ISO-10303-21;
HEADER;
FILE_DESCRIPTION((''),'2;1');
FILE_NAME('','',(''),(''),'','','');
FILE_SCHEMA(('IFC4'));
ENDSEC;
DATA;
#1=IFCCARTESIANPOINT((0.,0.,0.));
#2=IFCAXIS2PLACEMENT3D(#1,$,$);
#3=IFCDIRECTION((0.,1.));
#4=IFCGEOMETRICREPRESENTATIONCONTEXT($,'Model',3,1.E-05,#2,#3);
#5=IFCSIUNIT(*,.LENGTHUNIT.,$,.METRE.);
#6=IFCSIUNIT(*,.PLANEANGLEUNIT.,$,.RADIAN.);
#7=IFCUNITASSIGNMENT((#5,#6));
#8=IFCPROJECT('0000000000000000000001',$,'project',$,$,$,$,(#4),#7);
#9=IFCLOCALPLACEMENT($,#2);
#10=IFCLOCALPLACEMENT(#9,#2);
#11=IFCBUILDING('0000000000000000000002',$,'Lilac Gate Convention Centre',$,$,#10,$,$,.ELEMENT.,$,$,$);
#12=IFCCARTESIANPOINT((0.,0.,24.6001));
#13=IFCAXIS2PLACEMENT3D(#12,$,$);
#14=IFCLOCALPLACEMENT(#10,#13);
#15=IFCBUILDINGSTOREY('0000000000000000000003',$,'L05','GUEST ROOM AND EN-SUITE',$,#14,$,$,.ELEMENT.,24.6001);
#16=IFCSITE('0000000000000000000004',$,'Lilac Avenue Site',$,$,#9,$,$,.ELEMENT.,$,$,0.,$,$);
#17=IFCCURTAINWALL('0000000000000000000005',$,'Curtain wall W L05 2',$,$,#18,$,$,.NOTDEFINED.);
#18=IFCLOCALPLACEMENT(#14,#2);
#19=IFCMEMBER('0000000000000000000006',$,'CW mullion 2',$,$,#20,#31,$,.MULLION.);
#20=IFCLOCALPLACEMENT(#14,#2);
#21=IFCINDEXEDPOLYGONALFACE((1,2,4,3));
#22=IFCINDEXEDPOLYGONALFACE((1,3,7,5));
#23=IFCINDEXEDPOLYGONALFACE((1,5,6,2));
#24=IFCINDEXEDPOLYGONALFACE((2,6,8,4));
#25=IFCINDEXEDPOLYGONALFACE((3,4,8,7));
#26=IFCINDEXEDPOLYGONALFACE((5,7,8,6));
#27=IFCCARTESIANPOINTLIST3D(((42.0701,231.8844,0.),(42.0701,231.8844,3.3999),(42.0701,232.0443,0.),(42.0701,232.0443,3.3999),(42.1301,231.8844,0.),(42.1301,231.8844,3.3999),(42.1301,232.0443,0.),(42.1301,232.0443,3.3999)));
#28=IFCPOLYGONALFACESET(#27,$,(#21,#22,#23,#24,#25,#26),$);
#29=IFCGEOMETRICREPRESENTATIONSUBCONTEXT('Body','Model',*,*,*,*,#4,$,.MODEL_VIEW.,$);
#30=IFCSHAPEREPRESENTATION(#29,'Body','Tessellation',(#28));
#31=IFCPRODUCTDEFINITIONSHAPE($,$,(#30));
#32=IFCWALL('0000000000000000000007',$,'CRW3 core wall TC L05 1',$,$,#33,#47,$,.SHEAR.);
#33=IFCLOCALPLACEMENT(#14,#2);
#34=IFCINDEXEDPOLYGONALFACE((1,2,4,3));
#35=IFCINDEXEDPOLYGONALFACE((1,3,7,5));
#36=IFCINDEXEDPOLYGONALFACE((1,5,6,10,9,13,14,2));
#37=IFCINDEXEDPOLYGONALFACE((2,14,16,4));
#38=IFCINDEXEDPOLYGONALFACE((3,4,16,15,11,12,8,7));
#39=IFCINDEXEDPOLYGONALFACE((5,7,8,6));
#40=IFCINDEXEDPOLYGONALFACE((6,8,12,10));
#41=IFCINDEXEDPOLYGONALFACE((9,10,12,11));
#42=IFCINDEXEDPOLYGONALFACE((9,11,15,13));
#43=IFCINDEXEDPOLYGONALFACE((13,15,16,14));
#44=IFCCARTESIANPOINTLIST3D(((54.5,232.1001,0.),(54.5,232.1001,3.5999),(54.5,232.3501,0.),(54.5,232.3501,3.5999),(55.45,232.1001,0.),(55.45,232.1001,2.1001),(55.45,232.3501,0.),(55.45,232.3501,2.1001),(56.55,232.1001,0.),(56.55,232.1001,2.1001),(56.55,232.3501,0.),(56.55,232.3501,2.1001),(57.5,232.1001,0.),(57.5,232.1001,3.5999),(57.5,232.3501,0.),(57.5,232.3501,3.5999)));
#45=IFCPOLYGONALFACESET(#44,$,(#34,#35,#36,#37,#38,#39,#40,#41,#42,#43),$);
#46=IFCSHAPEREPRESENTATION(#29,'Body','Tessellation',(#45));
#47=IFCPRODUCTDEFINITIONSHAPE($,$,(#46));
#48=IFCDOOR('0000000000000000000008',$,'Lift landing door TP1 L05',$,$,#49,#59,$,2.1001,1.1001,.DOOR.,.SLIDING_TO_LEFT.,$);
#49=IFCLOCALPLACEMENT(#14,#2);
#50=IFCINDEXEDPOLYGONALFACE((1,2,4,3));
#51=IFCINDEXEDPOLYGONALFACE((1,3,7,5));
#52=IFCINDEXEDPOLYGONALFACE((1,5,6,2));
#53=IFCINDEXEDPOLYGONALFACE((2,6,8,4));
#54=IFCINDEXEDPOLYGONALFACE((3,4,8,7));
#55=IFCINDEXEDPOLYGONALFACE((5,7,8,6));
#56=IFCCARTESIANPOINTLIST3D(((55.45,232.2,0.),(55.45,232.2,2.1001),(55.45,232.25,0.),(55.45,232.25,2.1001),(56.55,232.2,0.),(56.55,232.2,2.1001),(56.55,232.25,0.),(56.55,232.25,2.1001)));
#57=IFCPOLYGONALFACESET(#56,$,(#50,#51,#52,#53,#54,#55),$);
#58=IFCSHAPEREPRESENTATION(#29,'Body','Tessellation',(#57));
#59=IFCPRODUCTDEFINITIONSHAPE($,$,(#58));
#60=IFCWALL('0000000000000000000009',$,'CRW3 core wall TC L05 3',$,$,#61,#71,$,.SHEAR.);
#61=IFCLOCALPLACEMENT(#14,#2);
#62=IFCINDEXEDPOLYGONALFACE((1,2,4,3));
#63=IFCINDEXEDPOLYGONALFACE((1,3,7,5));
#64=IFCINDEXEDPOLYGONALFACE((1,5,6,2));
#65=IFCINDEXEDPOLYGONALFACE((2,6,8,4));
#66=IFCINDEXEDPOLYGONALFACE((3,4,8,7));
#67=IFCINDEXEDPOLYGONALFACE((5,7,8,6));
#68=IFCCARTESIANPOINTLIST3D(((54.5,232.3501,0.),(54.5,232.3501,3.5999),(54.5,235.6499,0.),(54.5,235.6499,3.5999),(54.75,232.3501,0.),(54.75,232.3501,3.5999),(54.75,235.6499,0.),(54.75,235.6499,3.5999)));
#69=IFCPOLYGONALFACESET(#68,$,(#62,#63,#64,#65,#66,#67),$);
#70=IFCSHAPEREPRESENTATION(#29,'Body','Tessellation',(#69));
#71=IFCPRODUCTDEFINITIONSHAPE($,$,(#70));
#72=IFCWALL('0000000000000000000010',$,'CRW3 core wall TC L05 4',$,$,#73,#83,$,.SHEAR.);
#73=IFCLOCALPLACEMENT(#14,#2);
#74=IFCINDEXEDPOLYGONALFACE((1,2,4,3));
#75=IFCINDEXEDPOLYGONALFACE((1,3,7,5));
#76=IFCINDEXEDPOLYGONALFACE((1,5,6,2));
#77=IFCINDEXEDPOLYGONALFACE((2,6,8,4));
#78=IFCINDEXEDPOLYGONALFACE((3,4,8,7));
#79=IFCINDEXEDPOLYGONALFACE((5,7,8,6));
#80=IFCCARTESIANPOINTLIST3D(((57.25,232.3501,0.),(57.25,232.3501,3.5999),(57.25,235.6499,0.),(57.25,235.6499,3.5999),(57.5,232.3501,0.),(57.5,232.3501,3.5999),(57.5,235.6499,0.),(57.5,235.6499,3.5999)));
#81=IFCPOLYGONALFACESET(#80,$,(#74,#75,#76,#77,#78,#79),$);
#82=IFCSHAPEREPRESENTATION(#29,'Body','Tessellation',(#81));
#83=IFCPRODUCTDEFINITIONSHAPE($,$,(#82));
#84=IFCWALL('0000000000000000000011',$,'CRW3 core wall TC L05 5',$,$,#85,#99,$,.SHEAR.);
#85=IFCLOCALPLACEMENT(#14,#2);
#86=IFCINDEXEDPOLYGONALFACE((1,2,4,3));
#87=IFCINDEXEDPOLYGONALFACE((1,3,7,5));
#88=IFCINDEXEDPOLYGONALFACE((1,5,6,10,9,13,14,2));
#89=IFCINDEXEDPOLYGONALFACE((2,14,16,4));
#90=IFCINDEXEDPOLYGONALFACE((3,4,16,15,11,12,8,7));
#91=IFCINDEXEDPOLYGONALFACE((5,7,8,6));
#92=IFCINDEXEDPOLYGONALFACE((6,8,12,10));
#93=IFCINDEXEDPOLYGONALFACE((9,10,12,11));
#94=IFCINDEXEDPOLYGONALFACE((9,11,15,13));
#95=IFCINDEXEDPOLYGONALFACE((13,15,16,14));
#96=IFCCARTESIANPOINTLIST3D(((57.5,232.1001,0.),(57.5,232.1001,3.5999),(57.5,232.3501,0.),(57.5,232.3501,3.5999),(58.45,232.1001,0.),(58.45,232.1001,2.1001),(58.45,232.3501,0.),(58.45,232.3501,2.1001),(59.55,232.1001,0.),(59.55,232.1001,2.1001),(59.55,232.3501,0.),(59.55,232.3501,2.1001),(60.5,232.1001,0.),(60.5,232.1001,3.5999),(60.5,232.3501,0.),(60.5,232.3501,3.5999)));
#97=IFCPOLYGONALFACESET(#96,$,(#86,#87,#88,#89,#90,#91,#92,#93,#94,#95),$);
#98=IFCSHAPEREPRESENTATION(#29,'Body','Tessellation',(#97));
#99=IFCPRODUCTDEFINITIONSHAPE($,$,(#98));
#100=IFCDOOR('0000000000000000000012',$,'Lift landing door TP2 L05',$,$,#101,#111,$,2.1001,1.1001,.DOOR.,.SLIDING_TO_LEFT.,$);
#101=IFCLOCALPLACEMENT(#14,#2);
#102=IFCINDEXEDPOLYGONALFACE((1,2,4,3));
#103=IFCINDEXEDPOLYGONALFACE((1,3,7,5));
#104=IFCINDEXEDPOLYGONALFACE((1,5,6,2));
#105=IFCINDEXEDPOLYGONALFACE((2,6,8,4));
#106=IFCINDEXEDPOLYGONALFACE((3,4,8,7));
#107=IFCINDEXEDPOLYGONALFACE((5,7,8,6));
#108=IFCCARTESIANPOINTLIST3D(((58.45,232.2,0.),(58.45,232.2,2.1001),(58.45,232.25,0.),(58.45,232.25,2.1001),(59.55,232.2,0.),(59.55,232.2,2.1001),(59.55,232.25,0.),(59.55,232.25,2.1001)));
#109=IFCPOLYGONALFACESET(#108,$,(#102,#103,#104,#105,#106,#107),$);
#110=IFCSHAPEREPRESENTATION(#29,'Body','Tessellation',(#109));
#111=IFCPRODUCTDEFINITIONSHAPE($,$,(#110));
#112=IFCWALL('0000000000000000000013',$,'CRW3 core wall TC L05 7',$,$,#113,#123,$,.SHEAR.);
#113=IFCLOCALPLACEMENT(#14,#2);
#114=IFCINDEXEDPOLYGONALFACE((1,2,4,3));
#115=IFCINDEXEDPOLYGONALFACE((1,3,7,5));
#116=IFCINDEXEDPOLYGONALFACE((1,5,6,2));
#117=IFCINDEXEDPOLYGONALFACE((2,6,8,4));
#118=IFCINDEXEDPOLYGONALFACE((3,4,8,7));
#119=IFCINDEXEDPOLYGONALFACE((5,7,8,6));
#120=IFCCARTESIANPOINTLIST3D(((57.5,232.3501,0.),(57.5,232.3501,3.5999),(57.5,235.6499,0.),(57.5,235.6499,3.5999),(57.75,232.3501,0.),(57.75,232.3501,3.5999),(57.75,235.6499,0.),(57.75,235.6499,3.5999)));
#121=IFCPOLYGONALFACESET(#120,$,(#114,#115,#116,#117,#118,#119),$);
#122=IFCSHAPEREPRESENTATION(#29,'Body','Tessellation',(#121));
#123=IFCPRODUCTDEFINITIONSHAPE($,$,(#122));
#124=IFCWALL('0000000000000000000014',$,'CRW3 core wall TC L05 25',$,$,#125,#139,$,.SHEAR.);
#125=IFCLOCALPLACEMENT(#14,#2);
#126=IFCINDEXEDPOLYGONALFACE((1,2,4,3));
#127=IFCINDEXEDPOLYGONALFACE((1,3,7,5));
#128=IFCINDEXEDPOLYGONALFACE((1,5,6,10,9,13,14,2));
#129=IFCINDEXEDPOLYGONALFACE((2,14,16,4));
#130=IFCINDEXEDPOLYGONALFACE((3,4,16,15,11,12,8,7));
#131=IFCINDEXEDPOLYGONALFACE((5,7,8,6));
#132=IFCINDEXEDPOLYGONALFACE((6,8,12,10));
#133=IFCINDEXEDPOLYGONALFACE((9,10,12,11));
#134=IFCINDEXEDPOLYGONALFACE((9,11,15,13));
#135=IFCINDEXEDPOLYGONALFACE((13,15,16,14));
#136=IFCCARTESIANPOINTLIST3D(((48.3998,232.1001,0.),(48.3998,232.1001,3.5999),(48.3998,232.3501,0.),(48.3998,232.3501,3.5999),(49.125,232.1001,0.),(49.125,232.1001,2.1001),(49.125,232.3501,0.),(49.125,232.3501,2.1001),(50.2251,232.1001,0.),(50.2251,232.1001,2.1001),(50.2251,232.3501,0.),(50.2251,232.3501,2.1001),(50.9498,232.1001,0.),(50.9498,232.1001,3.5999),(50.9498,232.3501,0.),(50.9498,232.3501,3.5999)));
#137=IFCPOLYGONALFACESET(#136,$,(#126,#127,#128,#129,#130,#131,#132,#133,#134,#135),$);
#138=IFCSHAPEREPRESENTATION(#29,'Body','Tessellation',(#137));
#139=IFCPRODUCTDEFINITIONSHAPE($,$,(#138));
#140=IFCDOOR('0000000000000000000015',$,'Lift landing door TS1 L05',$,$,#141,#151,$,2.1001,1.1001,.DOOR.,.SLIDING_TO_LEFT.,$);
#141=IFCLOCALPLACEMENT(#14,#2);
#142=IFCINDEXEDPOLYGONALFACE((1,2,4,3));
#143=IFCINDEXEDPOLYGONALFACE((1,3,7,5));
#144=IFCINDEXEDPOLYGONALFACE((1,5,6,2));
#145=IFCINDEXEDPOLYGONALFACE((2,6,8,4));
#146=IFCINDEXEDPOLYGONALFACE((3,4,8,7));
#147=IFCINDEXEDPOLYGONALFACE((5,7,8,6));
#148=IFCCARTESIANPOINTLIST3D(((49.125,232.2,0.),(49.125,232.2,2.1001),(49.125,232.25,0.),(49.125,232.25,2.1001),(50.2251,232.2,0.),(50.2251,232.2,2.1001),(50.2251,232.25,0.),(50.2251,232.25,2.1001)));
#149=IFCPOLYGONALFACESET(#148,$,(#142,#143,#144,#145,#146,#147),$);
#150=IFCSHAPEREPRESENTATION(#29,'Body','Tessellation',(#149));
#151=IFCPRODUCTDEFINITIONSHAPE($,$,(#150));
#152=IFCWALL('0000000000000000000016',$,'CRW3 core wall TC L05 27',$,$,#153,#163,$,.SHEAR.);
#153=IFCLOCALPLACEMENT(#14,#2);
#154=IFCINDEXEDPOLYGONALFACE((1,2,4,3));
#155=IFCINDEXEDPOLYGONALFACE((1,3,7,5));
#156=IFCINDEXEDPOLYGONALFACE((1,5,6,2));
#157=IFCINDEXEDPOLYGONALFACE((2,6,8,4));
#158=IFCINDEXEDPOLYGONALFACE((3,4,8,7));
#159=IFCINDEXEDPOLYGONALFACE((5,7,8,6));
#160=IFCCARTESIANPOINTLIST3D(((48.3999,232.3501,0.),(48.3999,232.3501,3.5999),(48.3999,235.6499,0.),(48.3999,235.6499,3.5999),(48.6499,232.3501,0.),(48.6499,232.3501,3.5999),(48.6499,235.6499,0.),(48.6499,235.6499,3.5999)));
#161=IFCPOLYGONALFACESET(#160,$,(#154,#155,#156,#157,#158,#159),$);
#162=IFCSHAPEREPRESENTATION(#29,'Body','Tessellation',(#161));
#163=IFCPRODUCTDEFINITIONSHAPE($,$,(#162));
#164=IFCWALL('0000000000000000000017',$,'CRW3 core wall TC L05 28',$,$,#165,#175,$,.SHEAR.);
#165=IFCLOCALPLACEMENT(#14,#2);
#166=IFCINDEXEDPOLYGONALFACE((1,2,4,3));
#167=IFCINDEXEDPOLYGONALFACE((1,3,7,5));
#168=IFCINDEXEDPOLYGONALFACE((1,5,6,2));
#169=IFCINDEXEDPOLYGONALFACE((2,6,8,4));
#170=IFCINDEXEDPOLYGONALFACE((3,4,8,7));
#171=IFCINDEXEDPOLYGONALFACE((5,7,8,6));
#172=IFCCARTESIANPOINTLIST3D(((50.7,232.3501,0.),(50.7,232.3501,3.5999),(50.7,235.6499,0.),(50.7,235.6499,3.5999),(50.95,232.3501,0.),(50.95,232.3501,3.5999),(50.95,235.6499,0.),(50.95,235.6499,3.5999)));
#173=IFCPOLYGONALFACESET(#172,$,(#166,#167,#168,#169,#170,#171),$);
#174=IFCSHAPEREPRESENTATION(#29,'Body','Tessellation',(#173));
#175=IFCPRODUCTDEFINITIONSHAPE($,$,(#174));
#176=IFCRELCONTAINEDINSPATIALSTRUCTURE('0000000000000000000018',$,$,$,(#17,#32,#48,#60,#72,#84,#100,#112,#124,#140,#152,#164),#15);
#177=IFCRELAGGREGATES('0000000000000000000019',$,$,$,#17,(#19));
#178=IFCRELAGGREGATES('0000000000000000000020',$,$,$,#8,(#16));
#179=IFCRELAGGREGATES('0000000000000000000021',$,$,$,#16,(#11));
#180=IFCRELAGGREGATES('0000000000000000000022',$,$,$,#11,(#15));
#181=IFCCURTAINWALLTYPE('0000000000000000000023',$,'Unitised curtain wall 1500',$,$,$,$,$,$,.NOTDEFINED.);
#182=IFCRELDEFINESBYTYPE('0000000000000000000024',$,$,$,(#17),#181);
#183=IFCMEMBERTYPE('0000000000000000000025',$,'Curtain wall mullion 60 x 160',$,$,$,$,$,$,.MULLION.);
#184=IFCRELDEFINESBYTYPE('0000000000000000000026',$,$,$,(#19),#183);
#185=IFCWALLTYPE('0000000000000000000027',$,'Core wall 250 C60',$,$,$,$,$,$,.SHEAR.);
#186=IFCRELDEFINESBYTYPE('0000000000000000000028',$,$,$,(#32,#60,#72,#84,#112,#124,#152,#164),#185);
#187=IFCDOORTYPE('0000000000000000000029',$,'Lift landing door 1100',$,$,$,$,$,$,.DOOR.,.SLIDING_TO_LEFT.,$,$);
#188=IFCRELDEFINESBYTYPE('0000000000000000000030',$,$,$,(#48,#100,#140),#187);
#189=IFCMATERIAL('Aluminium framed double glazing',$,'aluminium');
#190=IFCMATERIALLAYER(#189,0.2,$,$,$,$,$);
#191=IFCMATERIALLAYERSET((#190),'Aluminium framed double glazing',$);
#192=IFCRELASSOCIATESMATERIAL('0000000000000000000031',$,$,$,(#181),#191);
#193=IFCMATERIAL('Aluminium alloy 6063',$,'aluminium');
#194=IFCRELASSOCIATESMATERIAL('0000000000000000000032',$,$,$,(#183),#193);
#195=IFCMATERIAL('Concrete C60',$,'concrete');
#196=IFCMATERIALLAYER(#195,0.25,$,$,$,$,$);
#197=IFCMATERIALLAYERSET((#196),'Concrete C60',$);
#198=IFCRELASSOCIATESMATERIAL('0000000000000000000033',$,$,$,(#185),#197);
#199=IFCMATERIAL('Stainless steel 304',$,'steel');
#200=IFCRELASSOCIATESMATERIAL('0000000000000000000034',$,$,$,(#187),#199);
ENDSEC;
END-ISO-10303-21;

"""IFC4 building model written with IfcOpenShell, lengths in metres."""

from ifc_helpers import new_model, si_unit, direction, frame, frame_2d, origin, origin_2d, place, context, subcontext, project, spatial, rectangle, extrude, material, layer, layer_set, material_profile, profile_set, type_object, element, fill, aggregate, save


model = new_model("IFC4")

# Units and contexts
model_context = context("Model", 3, precision=1e-05, world=origin(), true_north=direction((0.0, 1.0)))
body_context = subcontext(model_context, "Body", "Model", "MODEL_VIEW")
ifc_project = project(units=[si_unit("LENGTHUNIT", "METRE"), si_unit("PLANEANGLEUNIT", "RADIAN")], contexts=[model_context])

# Site, building, storey
site_placement = place(None, origin())
site = spatial("IfcSite", under=ifc_project, at=site_placement, Name="Lilac Avenue Site", CompositionType="ELEMENT", RefElevation=0.0)
building_placement = place(site_placement, origin())
building = spatial("IfcBuilding", under=site, at=building_placement, Name="Lilac Gate Convention Centre", CompositionType="ELEMENT")
storey_placement = place(building_placement, frame((0.0, 0.0, 24.6001)))
storey = spatial("IfcBuildingStorey", under=building, at=storey_placement, Name="L05", Description="GUEST ROOM AND EN-SUITE", CompositionType="ELEMENT", Elevation=24.6001)

# Curtain wall, member
ifc_material_1 = material(Name="Aluminium framed double glazing", Category="aluminium")
ifc_layer_1 = layer(ifc_material_1, 0.2)
ifc_layer_set_1 = layer_set([ifc_layer_1], Name="Aluminium framed double glazing")
curtain_wall_type = type_object("IfcCurtainWallType", Name="Unitised curtain wall 1500", PredefinedType="NOTDEFINED", material=ifc_layer_set_1)
curtain_wall_placement = place(storey_placement, origin())
curtain_wall = element("IfcCurtainWall", 1, at=curtain_wall_placement, inside=storey, type_object=curtain_wall_type, Name="Curtain wall W L05 2", PredefinedType="NOTDEFINED")
ifc_material_2 = material(Name="Aluminium alloy 6063", Category="aluminium")
ifc_material_profile = material_profile(ifc_material_2, rectangle(XDim=0.0601, YDim=0.1599, at=origin_2d()), Name="Curtain wall mullion 60 x 160")
ifc_profile_set = profile_set([ifc_material_profile], Name="Aluminium alloy 6063")
member_type = type_object("IfcMemberType", Name="Curtain wall mullion 60 x 160", PredefinedType="MULLION", material=ifc_profile_set)
member_placement = place(storey_placement, frame((42.1001, 231.9644, 0.0), z_axis=(0.0, 0.0, 1.0), x_axis=(1.0, 0.0, 0.0)))
member = element("IfcMember", 2, at=member_placement, type_object=member_type, Name="CW mullion 2", PredefinedType="MULLION", context=body_context, shape_type="SweptSolid", body=[
    extrude(rectangle(XDim=0.0601, YDim=0.1599, at=origin_2d()), origin(), (0.0, 0.0, 1.0), 3.3999),
])
aggregate(curtain_wall, [member])

# Wall, opening, door
ifc_material_3 = material(Name="Concrete C60", Category="concrete")
ifc_layer_2 = layer(ifc_material_3, 0.25)
ifc_layer_set_2 = layer_set([ifc_layer_2], Name="Concrete C60")
wall_type_1 = type_object("IfcWallType", Name="Core wall 250 C60", PredefinedType="SHEAR", material=ifc_layer_set_2)
wall_1_placement = place(storey_placement, frame((54.5, 232.2251, 0.0), z_axis=(0.0, 0.0, 1.0), x_axis=(1.0, 0.0, 0.0)))
wall_1 = element("IfcWall", 3, at=wall_1_placement, inside=storey, type_object=wall_type_1, Name="CRW3 core wall TC L05 1", PredefinedType="SHEAR", context=body_context, shape_type="SweptSolid", body=[
    extrude(rectangle(XDim=3.0, YDim=0.25, at=frame_2d((1.5, 0.0))), origin(), (0.0, 0.0, 1.0), 3.5999),
])
opening_1_placement = place(wall_1_placement, frame((0.95, 0.0, 0.0)))
opening_1 = element("IfcOpeningElement", 4, at=opening_1_placement, cuts=wall_1, PredefinedType="OPENING", context=body_context, shape_type="SweptSolid", body=[
    extrude(rectangle(XDim=1.1001, YDim=2.1001, at=frame_2d((0.55, 1.05))), frame((0.0, 0.135, 0.0), z_axis=(0.0, -1.0, 0.0), x_axis=(1.0, 0.0, 0.0)), (0.0, 0.0, 1.0), 0.27),
])
ifc_material_4 = material(Name="Stainless steel 304", Category="steel")
door_type_1 = type_object("IfcDoorType", Name="Lift landing door 1100", OperationType="SLIDING_TO_LEFT", PredefinedType="DOOR", material=ifc_material_4)
door_1_placement = place(opening_1_placement, origin())
door_1 = element("IfcDoor", 5, at=door_1_placement, inside=storey, type_object=door_type_1, Name="Lift landing door TP1 L05", OperationType="SLIDING_TO_LEFT", OverallHeight=2.1001, OverallWidth=1.1001, PredefinedType="DOOR", context=body_context, shape_type="SweptSolid", body=[
    extrude(rectangle(XDim=1.1001, YDim=2.1001, at=frame_2d((0.55, 1.05))), frame((0.0, 0.0249, 0.0), z_axis=(0.0, -1.0, 0.0), x_axis=(1.0, 0.0, 0.0)), (0.0, 0.0, 1.0), 0.05),
])
fill(opening_1, door_1)

# Walls
for number, where, z_axis, x_axis, name in (
    (6, (54.625, 232.3501, 0.0), (0.0, 0.0, 1.0), (0.0, 1.0, 0.0), "CRW3 core wall TC L05 3"),
    (7, (57.375, 232.3501, 0.0), (0.0, 0.0, 1.0), (0.0, 1.0, 0.0), "CRW3 core wall TC L05 4"),
):
    element("IfcWall", number, at=place(storey_placement, frame(where, z_axis=z_axis, x_axis=x_axis)), inside=storey, type_object=wall_type_1, Name=name, PredefinedType="SHEAR", context=body_context, shape_type="SweptSolid", body=[
        extrude(rectangle(XDim=3.2998, YDim=0.25, at=frame_2d((1.6499, 0.0))), origin(), (0.0, 0.0, 1.0), 3.5999),
    ])

# Wall, opening, door
wall_2_placement = place(storey_placement, frame((57.5, 232.2251, 0.0), z_axis=(0.0, 0.0, 1.0), x_axis=(1.0, 0.0, 0.0)))
wall_2 = element("IfcWall", 8, at=wall_2_placement, inside=storey, type_object=wall_type_1, Name="CRW3 core wall TC L05 5", PredefinedType="SHEAR", context=body_context, shape_type="SweptSolid", body=[
    extrude(rectangle(XDim=3.0, YDim=0.25, at=frame_2d((1.5, 0.0))), origin(), (0.0, 0.0, 1.0), 3.5999),
])
opening_2_placement = place(wall_2_placement, frame((0.95, 0.0, 0.0)))
opening_2 = element("IfcOpeningElement", 9, at=opening_2_placement, cuts=wall_2, PredefinedType="OPENING", context=body_context, shape_type="SweptSolid", body=[
    extrude(rectangle(XDim=1.1001, YDim=2.1001, at=frame_2d((0.55, 1.05))), frame((0.0, 0.135, 0.0), z_axis=(0.0, -1.0, 0.0), x_axis=(1.0, 0.0, 0.0)), (0.0, 0.0, 1.0), 0.27),
])
door_2_placement = place(opening_2_placement, origin())
door_2 = element("IfcDoor", 10, at=door_2_placement, inside=storey, type_object=door_type_1, Name="Lift landing door TP2 L05", OperationType="SLIDING_TO_LEFT", OverallHeight=2.1001, OverallWidth=1.1001, PredefinedType="DOOR", context=body_context, shape_type="SweptSolid", body=[
    extrude(rectangle(XDim=1.1001, YDim=2.1001, at=frame_2d((0.55, 1.05))), frame((0.0, 0.0249, 0.0), z_axis=(0.0, -1.0, 0.0), x_axis=(1.0, 0.0, 0.0)), (0.0, 0.0, 1.0), 0.05),
])
fill(opening_2, door_2)

# Wall
wall_3_placement = place(storey_placement, frame((57.625, 232.3501, 0.0), z_axis=(0.0, 0.0, 1.0), x_axis=(0.0, 1.0, 0.0)))
element("IfcWall", 11, at=wall_3_placement, inside=storey, type_object=wall_type_1, Name="CRW3 core wall TC L05 7", PredefinedType="SHEAR", context=body_context, shape_type="SweptSolid", body=[
    extrude(rectangle(XDim=3.2998, YDim=0.25, at=frame_2d((1.6499, 0.0))), origin(), (0.0, 0.0, 1.0), 3.5999),
])

# Wall, opening, door
wall_4_placement = place(storey_placement, frame((48.3999, 232.2251, 0.0), z_axis=(0.0, 0.0, 1.0), x_axis=(1.0, 0.0, 0.0)))
wall_4 = element("IfcWall", 12, at=wall_4_placement, inside=storey, type_object=wall_type_1, Name="CRW3 core wall TC L05 25", PredefinedType="SHEAR", context=body_context, shape_type="SweptSolid", body=[
    extrude(rectangle(XDim=2.55, YDim=0.25, at=frame_2d((1.2749, 0.0))), origin(), (0.0, 0.0, 1.0), 3.5999),
])
opening_3_placement = place(wall_4_placement, frame((0.7251, 0.0, 0.0)))
opening_3 = element("IfcOpeningElement", 13, at=opening_3_placement, cuts=wall_4, PredefinedType="OPENING", context=body_context, shape_type="SweptSolid", body=[
    extrude(rectangle(XDim=1.1001, YDim=2.1001, at=frame_2d((0.55, 1.05))), frame((0.0, 0.135, 0.0), z_axis=(0.0, -1.0, 0.0), x_axis=(1.0, 0.0, 0.0)), (0.0, 0.0, 1.0), 0.27),
])
door_3_placement = place(opening_3_placement, origin())
door_3 = element("IfcDoor", 14, at=door_3_placement, inside=storey, type_object=door_type_1, Name="Lift landing door TS1 L05", OperationType="SLIDING_TO_LEFT", OverallHeight=2.1001, OverallWidth=1.1001, PredefinedType="DOOR", context=body_context, shape_type="SweptSolid", body=[
    extrude(rectangle(XDim=1.1001, YDim=2.1001, at=frame_2d((0.55, 1.05))), frame((0.0, 0.0249, 0.0), z_axis=(0.0, -1.0, 0.0), x_axis=(1.0, 0.0, 0.0)), (0.0, 0.0, 1.0), 0.05),
])
fill(opening_3, door_3)

# Walls
for number, where, z_axis, x_axis, name in (
    (15, (48.5249, 232.3501, 0.0), (0.0, 0.0, 1.0), (0.0, 1.0, 0.0), "CRW3 core wall TC L05 27"),
    (16, (50.825, 232.3501, 0.0), (0.0, 0.0, 1.0), (0.0, 1.0, 0.0), "CRW3 core wall TC L05 28"),
):
    element("IfcWall", number, at=place(storey_placement, frame(where, z_axis=z_axis, x_axis=x_axis)), inside=storey, type_object=wall_type_1, Name=name, PredefinedType="SHEAR", context=body_context, shape_type="SweptSolid", body=[
        extrude(rectangle(XDim=3.2998, YDim=0.25, at=frame_2d((1.6499, 0.0))), origin(), (0.0, 0.0, 1.0), 3.5999),
    ])

save(model, "model.ifc")
